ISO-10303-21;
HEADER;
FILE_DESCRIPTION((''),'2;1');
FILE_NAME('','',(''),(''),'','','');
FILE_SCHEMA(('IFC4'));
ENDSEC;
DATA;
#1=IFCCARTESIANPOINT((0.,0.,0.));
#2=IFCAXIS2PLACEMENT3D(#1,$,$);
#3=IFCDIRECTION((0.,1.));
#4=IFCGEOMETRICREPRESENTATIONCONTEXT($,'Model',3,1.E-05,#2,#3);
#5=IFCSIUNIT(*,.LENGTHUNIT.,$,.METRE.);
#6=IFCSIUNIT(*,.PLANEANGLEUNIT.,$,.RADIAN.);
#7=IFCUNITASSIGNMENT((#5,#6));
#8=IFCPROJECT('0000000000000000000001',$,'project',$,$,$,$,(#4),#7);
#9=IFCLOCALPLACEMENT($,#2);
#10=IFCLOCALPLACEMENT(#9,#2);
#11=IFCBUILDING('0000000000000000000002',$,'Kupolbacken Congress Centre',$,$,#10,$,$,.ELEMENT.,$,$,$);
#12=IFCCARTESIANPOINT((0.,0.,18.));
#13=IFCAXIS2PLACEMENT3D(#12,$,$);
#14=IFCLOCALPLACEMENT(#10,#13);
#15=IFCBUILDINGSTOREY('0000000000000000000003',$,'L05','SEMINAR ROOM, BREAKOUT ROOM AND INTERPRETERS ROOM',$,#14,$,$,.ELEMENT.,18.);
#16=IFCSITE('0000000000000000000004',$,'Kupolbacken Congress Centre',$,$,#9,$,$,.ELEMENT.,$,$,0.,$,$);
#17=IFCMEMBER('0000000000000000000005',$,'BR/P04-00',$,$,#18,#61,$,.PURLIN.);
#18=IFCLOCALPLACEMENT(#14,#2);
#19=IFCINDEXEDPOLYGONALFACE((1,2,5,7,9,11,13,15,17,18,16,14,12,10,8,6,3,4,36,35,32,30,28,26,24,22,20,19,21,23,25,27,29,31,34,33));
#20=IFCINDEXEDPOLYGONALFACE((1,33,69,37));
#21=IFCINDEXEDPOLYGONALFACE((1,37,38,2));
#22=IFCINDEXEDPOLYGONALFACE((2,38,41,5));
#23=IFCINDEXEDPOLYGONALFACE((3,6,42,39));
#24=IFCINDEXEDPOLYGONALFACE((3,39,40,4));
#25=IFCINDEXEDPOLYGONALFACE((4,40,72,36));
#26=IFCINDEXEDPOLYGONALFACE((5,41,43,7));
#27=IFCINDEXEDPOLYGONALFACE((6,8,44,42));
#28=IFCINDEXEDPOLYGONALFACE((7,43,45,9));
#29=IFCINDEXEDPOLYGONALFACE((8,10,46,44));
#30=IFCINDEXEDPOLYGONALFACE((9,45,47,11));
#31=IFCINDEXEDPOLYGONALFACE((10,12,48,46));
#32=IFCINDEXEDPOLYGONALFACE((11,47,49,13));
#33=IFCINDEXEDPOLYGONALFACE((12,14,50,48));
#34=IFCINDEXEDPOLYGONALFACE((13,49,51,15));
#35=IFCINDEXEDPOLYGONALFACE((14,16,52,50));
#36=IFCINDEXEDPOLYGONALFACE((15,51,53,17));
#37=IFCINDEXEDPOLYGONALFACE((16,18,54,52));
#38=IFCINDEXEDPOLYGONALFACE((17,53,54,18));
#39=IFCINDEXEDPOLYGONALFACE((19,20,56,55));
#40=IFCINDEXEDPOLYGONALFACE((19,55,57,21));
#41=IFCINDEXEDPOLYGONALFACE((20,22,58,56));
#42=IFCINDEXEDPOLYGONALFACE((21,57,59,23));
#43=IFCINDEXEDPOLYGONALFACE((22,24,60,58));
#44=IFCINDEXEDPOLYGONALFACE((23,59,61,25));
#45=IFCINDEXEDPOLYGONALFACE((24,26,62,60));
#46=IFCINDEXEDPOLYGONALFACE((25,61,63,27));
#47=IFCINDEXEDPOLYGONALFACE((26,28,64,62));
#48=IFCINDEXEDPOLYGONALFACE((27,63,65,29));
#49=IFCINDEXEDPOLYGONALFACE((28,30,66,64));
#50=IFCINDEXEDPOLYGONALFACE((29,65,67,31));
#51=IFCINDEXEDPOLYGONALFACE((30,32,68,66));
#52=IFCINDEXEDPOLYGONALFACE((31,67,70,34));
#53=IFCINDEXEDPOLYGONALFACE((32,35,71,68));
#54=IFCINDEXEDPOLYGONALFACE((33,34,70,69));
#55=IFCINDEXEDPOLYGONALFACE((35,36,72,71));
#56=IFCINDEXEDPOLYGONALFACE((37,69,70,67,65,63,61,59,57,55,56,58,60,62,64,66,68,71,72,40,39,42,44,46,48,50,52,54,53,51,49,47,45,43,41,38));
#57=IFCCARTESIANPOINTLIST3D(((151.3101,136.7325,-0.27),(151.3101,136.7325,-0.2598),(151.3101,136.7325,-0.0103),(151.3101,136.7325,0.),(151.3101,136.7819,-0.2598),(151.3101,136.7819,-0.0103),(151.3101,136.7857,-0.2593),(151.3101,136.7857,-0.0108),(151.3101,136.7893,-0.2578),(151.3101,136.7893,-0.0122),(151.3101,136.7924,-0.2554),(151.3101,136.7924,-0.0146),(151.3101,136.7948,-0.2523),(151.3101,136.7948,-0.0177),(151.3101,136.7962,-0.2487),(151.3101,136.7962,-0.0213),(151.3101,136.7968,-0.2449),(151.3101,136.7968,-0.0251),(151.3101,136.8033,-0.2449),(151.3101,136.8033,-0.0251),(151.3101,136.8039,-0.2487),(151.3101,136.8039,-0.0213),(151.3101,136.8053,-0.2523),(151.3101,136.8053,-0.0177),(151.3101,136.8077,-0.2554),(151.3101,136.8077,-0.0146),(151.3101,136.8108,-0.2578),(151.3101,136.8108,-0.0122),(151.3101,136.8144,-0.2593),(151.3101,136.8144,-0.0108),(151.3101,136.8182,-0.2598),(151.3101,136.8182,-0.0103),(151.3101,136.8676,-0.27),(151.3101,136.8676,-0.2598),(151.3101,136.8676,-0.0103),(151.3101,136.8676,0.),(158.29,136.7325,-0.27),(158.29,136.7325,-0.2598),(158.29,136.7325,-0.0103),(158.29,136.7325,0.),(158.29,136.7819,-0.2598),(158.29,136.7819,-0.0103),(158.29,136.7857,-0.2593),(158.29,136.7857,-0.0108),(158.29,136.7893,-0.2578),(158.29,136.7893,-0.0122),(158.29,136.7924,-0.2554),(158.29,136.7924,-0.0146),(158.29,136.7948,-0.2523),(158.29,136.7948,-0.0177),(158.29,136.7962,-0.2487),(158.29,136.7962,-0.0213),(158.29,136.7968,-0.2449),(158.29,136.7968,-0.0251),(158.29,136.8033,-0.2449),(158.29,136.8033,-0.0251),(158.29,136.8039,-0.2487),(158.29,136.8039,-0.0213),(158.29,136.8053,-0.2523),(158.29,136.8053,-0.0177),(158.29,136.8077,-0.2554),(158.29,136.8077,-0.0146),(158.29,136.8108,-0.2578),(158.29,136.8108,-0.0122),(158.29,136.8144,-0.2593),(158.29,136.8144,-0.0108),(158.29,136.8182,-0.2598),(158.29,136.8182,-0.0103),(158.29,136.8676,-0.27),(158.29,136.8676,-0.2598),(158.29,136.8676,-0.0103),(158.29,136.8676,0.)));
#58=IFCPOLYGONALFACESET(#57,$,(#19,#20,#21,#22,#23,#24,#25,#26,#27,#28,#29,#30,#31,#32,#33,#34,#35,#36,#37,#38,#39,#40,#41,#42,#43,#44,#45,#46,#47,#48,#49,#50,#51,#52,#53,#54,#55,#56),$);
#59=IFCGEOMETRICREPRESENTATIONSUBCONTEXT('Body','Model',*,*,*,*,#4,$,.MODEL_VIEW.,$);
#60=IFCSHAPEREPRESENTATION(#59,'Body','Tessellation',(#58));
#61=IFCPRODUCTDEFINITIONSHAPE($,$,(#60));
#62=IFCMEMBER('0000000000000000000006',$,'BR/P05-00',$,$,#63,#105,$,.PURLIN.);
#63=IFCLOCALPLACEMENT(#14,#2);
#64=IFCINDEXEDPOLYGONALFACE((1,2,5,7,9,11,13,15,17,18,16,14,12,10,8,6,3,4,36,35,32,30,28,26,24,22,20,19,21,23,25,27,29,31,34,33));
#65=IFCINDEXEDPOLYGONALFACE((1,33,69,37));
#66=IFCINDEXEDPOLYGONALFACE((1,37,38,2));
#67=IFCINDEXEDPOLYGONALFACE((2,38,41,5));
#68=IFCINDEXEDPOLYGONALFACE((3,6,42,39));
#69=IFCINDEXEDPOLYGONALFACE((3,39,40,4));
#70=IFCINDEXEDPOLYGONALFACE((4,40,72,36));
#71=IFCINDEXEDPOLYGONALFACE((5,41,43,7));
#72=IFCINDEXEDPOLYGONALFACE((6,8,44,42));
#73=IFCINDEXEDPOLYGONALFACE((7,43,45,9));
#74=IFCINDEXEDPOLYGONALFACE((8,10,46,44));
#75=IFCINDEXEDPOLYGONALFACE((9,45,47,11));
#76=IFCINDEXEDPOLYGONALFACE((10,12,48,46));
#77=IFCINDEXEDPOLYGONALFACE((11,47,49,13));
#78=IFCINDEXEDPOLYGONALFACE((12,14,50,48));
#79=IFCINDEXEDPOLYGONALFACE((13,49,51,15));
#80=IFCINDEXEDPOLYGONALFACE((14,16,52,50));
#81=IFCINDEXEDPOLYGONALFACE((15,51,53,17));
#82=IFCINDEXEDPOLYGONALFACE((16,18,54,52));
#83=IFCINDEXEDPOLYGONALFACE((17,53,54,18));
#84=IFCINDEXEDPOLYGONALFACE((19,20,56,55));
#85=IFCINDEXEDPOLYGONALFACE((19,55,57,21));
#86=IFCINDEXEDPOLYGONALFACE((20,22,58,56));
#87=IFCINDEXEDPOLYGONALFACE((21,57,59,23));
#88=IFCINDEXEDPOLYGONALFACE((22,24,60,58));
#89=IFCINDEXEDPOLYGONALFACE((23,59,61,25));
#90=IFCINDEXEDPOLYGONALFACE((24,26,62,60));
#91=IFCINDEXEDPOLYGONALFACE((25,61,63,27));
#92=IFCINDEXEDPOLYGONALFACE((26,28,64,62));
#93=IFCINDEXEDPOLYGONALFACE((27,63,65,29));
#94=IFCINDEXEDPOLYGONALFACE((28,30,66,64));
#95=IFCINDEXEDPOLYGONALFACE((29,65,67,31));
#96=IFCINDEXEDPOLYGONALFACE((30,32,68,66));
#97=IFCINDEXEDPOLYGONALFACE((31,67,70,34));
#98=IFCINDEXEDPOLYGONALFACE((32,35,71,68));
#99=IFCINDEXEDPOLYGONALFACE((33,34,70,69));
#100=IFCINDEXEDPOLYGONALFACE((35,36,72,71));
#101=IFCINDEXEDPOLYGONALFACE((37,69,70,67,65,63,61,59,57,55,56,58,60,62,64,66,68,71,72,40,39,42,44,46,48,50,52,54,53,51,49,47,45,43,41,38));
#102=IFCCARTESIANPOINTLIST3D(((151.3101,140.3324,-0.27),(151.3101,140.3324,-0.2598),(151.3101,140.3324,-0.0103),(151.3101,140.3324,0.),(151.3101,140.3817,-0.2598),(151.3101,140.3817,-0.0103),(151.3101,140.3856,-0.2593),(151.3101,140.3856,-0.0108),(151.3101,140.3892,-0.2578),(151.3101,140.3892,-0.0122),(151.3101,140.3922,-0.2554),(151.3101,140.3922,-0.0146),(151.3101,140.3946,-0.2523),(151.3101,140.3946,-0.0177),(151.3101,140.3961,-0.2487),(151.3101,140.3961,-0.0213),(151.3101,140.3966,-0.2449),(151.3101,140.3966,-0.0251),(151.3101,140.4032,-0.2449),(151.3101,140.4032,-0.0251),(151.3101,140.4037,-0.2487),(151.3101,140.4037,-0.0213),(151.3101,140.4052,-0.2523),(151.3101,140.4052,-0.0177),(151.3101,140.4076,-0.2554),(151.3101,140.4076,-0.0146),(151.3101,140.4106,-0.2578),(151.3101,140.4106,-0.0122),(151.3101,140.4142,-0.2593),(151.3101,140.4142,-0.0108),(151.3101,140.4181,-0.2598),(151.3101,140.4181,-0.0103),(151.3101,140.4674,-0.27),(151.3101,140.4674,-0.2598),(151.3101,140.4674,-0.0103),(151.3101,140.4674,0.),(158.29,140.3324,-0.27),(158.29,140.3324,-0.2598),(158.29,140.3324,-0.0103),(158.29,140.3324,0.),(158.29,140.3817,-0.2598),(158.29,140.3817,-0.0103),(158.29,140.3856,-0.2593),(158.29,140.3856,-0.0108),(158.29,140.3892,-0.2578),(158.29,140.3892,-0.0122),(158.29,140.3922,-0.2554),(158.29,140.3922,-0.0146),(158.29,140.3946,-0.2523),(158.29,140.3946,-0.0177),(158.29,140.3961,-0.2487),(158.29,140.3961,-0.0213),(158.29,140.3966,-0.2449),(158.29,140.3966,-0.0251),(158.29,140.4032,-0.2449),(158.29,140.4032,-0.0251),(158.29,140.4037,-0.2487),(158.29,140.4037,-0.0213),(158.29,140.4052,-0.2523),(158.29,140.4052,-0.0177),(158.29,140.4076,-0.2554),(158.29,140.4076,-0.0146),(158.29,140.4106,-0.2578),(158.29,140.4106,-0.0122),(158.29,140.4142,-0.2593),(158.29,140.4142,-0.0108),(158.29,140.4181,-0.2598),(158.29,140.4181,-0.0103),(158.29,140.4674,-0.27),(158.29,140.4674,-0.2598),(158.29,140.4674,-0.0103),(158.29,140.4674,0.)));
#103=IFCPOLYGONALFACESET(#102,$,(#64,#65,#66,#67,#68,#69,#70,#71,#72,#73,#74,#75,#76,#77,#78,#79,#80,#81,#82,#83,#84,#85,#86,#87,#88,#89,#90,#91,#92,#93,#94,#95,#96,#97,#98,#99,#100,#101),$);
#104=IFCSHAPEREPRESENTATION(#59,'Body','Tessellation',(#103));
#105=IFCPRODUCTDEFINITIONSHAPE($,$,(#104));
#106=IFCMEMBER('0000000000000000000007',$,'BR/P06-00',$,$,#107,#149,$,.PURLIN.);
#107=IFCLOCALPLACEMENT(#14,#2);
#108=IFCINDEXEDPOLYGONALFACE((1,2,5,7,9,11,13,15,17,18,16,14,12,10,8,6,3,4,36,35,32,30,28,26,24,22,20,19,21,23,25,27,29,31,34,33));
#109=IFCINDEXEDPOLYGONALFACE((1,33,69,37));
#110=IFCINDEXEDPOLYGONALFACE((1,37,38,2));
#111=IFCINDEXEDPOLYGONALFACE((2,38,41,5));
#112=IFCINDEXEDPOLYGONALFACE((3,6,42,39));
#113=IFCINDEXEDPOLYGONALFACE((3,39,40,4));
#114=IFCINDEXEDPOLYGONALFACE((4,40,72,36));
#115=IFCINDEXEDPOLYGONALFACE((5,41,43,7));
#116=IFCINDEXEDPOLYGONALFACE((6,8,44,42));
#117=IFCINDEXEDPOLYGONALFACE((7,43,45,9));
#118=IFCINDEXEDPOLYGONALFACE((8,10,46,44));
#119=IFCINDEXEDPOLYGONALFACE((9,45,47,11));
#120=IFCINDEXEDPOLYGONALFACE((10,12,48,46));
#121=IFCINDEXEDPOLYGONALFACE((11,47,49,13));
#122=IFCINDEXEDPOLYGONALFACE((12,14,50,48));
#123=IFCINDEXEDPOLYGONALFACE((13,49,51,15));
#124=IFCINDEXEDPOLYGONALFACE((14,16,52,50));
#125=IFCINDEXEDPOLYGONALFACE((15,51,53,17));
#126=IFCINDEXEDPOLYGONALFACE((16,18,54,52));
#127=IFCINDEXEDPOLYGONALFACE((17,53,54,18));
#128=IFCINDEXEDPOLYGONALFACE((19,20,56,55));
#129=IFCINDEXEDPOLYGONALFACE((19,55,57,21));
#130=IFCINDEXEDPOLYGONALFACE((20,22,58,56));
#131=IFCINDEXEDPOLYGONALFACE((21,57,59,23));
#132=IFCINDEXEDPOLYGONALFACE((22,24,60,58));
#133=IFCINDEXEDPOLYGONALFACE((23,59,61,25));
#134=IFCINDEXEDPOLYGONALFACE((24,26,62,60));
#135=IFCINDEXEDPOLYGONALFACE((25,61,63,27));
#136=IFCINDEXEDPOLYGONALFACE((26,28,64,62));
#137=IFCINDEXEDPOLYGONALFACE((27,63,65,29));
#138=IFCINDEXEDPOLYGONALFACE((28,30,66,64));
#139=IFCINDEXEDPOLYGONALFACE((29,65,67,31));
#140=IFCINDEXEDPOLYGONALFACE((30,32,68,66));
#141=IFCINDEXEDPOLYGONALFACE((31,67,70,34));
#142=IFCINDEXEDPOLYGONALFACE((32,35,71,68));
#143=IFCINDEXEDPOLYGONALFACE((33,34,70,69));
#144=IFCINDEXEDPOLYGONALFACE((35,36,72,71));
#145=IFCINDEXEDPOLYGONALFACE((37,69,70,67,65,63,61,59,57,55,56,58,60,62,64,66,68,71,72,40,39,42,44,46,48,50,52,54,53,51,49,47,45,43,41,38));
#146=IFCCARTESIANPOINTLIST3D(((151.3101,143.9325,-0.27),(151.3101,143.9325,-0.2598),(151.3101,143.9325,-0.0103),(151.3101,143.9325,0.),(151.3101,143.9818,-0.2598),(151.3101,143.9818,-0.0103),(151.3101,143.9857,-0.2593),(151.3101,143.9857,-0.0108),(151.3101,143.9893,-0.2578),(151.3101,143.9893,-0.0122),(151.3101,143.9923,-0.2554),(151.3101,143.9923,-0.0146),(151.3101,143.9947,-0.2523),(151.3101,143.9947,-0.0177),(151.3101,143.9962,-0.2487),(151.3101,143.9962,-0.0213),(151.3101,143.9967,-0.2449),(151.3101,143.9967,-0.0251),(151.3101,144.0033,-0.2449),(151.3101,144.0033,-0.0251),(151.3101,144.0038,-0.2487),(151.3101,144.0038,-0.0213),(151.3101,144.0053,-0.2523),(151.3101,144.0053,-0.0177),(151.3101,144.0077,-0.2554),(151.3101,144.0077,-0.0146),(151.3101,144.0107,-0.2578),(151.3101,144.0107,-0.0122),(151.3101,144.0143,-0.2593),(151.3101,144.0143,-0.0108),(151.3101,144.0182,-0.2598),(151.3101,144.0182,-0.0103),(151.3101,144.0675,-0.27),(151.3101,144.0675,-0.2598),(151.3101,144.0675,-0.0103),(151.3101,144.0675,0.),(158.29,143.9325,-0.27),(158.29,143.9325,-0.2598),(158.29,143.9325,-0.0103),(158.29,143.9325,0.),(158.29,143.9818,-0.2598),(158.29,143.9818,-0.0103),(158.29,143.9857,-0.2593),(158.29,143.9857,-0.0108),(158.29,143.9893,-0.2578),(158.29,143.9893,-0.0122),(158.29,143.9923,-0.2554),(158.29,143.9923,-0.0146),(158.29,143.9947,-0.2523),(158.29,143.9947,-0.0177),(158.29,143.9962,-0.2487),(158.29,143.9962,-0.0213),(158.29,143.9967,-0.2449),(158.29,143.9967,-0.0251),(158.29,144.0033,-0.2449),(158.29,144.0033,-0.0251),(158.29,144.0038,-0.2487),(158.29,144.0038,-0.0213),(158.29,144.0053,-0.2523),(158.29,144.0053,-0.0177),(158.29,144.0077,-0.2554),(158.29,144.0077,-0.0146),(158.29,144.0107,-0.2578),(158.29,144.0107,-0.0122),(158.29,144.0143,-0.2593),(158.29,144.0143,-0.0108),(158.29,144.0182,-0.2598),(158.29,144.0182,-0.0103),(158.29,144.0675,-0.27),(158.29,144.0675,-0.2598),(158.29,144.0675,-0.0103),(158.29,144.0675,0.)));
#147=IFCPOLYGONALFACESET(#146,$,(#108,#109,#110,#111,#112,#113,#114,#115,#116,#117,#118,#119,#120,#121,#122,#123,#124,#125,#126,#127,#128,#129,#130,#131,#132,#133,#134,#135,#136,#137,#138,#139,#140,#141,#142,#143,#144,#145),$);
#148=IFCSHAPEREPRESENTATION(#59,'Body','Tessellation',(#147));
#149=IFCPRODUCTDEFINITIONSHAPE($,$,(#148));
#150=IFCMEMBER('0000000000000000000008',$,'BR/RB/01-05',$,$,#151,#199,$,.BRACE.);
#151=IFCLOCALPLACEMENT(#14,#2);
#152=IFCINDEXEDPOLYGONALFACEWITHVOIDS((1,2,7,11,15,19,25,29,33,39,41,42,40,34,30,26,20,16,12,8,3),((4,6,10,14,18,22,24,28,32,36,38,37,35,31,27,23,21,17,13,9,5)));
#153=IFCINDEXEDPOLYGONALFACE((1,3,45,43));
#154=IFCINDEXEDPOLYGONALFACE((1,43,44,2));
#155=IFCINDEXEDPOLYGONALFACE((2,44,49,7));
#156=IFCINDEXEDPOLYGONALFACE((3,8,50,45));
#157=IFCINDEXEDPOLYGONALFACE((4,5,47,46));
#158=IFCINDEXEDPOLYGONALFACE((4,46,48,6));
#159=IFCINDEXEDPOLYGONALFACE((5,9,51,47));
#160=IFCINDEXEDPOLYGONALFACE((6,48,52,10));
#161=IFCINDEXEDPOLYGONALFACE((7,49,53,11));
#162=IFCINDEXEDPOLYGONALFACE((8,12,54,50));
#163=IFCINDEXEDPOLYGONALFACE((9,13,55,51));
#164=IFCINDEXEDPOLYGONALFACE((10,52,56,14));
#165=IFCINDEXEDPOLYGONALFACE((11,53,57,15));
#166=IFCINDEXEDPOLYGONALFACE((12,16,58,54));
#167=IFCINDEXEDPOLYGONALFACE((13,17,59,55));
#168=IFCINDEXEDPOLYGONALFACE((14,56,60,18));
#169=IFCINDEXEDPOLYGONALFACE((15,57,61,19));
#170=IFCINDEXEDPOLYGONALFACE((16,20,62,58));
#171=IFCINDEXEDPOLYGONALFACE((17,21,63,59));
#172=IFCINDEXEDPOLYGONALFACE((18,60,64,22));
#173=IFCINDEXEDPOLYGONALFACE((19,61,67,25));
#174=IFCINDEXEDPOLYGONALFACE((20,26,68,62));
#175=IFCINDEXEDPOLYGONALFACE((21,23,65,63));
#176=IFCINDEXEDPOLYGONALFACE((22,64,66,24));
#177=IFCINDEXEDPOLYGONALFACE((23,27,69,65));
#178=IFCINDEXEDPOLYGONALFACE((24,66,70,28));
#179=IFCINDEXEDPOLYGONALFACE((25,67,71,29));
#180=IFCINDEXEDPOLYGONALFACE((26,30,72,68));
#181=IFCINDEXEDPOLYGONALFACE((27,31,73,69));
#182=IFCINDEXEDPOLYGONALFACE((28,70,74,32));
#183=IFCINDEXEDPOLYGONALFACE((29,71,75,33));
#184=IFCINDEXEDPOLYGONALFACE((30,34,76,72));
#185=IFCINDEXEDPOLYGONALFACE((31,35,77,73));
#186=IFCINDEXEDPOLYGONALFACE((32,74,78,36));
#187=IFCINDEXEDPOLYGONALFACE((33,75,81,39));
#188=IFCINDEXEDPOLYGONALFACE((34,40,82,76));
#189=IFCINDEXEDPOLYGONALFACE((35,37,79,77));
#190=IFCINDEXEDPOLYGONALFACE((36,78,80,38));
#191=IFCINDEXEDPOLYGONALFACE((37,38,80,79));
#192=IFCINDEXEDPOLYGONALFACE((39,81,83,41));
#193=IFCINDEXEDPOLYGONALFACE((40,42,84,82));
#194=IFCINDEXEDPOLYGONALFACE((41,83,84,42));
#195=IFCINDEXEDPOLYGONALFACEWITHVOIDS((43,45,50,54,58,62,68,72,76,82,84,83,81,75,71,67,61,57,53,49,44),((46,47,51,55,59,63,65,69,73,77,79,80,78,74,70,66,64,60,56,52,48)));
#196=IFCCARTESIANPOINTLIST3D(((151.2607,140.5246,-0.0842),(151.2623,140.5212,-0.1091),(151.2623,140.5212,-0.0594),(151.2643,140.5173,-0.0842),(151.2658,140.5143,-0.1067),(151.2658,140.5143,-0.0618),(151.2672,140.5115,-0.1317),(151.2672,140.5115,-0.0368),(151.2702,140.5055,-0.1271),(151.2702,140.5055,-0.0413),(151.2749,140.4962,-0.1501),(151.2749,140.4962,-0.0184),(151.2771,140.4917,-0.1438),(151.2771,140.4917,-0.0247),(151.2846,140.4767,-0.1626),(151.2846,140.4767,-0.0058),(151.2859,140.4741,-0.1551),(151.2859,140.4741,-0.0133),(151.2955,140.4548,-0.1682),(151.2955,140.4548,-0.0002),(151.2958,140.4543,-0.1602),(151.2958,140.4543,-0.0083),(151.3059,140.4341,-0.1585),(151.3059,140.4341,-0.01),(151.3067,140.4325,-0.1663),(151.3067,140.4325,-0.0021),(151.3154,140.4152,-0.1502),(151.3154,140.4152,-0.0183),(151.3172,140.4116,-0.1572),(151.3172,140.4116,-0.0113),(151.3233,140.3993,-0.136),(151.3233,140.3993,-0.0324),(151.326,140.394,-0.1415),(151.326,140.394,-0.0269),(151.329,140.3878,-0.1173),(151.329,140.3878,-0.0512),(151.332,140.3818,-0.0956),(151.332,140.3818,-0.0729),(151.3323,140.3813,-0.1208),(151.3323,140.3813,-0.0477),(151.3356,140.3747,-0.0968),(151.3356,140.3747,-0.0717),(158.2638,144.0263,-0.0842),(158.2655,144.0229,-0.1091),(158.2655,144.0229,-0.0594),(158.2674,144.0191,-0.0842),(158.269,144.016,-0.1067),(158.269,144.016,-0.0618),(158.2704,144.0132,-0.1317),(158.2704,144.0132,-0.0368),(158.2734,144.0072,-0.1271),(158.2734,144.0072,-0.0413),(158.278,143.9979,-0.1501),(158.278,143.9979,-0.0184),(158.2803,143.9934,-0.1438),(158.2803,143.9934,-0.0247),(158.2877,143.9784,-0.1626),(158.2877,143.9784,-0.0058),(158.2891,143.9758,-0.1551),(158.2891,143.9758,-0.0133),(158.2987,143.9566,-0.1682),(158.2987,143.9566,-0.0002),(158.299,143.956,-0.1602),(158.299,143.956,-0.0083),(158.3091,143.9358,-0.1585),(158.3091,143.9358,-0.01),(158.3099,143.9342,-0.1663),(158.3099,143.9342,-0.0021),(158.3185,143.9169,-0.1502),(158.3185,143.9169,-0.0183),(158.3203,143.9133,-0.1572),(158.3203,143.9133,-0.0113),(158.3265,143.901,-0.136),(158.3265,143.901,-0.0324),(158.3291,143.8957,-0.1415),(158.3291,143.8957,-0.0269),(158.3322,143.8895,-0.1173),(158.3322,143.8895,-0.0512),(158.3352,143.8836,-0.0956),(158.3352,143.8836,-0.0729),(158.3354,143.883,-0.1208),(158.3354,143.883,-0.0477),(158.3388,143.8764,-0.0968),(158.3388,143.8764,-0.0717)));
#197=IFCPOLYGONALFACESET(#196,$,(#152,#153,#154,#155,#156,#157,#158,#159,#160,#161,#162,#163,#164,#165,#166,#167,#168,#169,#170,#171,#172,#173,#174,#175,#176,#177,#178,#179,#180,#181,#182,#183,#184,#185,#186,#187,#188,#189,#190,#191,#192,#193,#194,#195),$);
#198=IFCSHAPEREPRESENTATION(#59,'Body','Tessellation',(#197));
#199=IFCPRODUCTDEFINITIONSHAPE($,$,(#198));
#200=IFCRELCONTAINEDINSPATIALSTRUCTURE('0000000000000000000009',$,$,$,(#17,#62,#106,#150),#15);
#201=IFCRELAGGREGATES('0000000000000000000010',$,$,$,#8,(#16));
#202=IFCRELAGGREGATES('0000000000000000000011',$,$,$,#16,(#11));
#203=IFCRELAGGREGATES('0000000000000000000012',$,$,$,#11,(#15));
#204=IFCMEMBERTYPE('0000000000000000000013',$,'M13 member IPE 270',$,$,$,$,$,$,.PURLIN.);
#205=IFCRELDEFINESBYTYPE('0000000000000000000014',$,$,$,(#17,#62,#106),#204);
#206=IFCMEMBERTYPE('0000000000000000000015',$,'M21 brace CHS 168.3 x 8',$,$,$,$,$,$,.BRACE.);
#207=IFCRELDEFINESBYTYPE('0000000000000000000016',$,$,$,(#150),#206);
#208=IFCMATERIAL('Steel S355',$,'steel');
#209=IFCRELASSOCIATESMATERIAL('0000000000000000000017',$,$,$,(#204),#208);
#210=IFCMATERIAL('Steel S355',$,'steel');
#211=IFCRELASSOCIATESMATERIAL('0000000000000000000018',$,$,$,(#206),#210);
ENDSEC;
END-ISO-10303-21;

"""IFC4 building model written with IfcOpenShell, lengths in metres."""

from ifc_helpers import new_model, si_unit, direction, frame, origin, origin_2d, place, context, subcontext, project, spatial, hollow_circle, i_section, extrude, material, material_profile, profile_set, type_object, element, save


model = new_model("IFC4")

# Units and contexts
model_context = context("Model", 3, precision=1e-05, world=origin(), true_north=direction((0.0, 1.0)))
body_context = subcontext(model_context, "Body", "Model", "MODEL_VIEW")
ifc_project = project(units=[si_unit("LENGTHUNIT", "METRE"), si_unit("PLANEANGLEUNIT", "RADIAN")], contexts=[model_context])

# Site, building, storey
site_placement = place(None, origin())
site = spatial("IfcSite", under=ifc_project, at=site_placement, Name="Kupolbacken Congress Centre", CompositionType="ELEMENT", RefElevation=0.0)
building_placement = place(site_placement, origin())
building = spatial("IfcBuilding", under=site, at=building_placement, Name="Kupolbacken Congress Centre", CompositionType="ELEMENT")
storey_placement = place(building_placement, frame((0.0, 0.0, 18.0)))
storey = spatial("IfcBuildingStorey", under=building, at=storey_placement, Name="L05", Description="SEMINAR ROOM, BREAKOUT ROOM AND INTERPRETERS ROOM", CompositionType="ELEMENT", Elevation=18.0)

# Members
ifc_material_1 = material(Name="Steel S355", Category="steel")
ifc_material_profile_1 = material_profile(ifc_material_1, i_section(OverallWidth=0.135, OverallDepth=0.27, WebThickness=0.0066, FlangeThickness=0.0103, FilletRadius=0.0149, at=origin_2d()), Name="IPE 270")
ifc_profile_set_1 = profile_set([ifc_material_profile_1], Name="Steel S355")
member_type_1 = type_object("IfcMemberType", Name="M13 member IPE 270", PredefinedType="PURLIN", material=ifc_profile_set_1)
for number, where, z_axis, x_axis, name in (
    (1, (151.3101, 136.8, -0.135), (1.0, 0.0, 0.0), (0.0, 1.0, 0.0), "BR/P04-00"),
    (2, (151.3101, 140.3999, -0.135), (1.0, 0.0, 0.0), (0.0, 1.0, 0.0), "BR/P05-00"),
    (3, (151.3101, 144.0, -0.135), (1.0, 0.0, 0.0), (0.0, 1.0, 0.0), "BR/P06-00"),
):
    element("IfcMember", number, at=place(storey_placement, frame(where, z_axis=z_axis, x_axis=x_axis)), inside=storey, type_object=member_type_1, Name=name, PredefinedType="PURLIN", context=body_context, shape_type="SweptSolid", body=[
        extrude(i_section(OverallWidth=0.135, OverallDepth=0.27, WebThickness=0.0066, FlangeThickness=0.0103, FilletRadius=0.0149, at=origin_2d()), origin(), (0.0, 0.0, 1.0), 6.98),
    ])
ifc_material_2 = material(Name="Steel S355", Category="steel")
ifc_material_profile_2 = material_profile(ifc_material_2, hollow_circle(Radius=0.0842, WallThickness=0.0081, at=origin_2d()), Name="CHS 168.3 x 8")
ifc_profile_set_2 = profile_set([ifc_material_profile_2], Name="Steel S355")
member_type_2 = type_object("IfcMemberType", Name="M21 brace CHS 168.3 x 8", PredefinedType="BRACE", material=ifc_profile_set_2)
for number, where, z_axis, x_axis, name in (
    (4, (151.2983, 140.4492, -0.0842), (0.894421, 0.447226, 0.0), (-0.447226, 0.894421, 0.0), "BR/RB/01-05"),
):
    element("IfcMember", number, at=place(storey_placement, frame(where, z_axis=z_axis, x_axis=x_axis)), inside=storey, type_object=member_type_2, Name=name, PredefinedType="BRACE", context=body_context, shape_type="SweptSolid", body=[
        extrude(hollow_circle(Radius=0.0842, WallThickness=0.0081, at=origin_2d()), origin(), (0.0, 0.0, 1.0), 7.8298),
    ])

save(model, "model.ifc")
